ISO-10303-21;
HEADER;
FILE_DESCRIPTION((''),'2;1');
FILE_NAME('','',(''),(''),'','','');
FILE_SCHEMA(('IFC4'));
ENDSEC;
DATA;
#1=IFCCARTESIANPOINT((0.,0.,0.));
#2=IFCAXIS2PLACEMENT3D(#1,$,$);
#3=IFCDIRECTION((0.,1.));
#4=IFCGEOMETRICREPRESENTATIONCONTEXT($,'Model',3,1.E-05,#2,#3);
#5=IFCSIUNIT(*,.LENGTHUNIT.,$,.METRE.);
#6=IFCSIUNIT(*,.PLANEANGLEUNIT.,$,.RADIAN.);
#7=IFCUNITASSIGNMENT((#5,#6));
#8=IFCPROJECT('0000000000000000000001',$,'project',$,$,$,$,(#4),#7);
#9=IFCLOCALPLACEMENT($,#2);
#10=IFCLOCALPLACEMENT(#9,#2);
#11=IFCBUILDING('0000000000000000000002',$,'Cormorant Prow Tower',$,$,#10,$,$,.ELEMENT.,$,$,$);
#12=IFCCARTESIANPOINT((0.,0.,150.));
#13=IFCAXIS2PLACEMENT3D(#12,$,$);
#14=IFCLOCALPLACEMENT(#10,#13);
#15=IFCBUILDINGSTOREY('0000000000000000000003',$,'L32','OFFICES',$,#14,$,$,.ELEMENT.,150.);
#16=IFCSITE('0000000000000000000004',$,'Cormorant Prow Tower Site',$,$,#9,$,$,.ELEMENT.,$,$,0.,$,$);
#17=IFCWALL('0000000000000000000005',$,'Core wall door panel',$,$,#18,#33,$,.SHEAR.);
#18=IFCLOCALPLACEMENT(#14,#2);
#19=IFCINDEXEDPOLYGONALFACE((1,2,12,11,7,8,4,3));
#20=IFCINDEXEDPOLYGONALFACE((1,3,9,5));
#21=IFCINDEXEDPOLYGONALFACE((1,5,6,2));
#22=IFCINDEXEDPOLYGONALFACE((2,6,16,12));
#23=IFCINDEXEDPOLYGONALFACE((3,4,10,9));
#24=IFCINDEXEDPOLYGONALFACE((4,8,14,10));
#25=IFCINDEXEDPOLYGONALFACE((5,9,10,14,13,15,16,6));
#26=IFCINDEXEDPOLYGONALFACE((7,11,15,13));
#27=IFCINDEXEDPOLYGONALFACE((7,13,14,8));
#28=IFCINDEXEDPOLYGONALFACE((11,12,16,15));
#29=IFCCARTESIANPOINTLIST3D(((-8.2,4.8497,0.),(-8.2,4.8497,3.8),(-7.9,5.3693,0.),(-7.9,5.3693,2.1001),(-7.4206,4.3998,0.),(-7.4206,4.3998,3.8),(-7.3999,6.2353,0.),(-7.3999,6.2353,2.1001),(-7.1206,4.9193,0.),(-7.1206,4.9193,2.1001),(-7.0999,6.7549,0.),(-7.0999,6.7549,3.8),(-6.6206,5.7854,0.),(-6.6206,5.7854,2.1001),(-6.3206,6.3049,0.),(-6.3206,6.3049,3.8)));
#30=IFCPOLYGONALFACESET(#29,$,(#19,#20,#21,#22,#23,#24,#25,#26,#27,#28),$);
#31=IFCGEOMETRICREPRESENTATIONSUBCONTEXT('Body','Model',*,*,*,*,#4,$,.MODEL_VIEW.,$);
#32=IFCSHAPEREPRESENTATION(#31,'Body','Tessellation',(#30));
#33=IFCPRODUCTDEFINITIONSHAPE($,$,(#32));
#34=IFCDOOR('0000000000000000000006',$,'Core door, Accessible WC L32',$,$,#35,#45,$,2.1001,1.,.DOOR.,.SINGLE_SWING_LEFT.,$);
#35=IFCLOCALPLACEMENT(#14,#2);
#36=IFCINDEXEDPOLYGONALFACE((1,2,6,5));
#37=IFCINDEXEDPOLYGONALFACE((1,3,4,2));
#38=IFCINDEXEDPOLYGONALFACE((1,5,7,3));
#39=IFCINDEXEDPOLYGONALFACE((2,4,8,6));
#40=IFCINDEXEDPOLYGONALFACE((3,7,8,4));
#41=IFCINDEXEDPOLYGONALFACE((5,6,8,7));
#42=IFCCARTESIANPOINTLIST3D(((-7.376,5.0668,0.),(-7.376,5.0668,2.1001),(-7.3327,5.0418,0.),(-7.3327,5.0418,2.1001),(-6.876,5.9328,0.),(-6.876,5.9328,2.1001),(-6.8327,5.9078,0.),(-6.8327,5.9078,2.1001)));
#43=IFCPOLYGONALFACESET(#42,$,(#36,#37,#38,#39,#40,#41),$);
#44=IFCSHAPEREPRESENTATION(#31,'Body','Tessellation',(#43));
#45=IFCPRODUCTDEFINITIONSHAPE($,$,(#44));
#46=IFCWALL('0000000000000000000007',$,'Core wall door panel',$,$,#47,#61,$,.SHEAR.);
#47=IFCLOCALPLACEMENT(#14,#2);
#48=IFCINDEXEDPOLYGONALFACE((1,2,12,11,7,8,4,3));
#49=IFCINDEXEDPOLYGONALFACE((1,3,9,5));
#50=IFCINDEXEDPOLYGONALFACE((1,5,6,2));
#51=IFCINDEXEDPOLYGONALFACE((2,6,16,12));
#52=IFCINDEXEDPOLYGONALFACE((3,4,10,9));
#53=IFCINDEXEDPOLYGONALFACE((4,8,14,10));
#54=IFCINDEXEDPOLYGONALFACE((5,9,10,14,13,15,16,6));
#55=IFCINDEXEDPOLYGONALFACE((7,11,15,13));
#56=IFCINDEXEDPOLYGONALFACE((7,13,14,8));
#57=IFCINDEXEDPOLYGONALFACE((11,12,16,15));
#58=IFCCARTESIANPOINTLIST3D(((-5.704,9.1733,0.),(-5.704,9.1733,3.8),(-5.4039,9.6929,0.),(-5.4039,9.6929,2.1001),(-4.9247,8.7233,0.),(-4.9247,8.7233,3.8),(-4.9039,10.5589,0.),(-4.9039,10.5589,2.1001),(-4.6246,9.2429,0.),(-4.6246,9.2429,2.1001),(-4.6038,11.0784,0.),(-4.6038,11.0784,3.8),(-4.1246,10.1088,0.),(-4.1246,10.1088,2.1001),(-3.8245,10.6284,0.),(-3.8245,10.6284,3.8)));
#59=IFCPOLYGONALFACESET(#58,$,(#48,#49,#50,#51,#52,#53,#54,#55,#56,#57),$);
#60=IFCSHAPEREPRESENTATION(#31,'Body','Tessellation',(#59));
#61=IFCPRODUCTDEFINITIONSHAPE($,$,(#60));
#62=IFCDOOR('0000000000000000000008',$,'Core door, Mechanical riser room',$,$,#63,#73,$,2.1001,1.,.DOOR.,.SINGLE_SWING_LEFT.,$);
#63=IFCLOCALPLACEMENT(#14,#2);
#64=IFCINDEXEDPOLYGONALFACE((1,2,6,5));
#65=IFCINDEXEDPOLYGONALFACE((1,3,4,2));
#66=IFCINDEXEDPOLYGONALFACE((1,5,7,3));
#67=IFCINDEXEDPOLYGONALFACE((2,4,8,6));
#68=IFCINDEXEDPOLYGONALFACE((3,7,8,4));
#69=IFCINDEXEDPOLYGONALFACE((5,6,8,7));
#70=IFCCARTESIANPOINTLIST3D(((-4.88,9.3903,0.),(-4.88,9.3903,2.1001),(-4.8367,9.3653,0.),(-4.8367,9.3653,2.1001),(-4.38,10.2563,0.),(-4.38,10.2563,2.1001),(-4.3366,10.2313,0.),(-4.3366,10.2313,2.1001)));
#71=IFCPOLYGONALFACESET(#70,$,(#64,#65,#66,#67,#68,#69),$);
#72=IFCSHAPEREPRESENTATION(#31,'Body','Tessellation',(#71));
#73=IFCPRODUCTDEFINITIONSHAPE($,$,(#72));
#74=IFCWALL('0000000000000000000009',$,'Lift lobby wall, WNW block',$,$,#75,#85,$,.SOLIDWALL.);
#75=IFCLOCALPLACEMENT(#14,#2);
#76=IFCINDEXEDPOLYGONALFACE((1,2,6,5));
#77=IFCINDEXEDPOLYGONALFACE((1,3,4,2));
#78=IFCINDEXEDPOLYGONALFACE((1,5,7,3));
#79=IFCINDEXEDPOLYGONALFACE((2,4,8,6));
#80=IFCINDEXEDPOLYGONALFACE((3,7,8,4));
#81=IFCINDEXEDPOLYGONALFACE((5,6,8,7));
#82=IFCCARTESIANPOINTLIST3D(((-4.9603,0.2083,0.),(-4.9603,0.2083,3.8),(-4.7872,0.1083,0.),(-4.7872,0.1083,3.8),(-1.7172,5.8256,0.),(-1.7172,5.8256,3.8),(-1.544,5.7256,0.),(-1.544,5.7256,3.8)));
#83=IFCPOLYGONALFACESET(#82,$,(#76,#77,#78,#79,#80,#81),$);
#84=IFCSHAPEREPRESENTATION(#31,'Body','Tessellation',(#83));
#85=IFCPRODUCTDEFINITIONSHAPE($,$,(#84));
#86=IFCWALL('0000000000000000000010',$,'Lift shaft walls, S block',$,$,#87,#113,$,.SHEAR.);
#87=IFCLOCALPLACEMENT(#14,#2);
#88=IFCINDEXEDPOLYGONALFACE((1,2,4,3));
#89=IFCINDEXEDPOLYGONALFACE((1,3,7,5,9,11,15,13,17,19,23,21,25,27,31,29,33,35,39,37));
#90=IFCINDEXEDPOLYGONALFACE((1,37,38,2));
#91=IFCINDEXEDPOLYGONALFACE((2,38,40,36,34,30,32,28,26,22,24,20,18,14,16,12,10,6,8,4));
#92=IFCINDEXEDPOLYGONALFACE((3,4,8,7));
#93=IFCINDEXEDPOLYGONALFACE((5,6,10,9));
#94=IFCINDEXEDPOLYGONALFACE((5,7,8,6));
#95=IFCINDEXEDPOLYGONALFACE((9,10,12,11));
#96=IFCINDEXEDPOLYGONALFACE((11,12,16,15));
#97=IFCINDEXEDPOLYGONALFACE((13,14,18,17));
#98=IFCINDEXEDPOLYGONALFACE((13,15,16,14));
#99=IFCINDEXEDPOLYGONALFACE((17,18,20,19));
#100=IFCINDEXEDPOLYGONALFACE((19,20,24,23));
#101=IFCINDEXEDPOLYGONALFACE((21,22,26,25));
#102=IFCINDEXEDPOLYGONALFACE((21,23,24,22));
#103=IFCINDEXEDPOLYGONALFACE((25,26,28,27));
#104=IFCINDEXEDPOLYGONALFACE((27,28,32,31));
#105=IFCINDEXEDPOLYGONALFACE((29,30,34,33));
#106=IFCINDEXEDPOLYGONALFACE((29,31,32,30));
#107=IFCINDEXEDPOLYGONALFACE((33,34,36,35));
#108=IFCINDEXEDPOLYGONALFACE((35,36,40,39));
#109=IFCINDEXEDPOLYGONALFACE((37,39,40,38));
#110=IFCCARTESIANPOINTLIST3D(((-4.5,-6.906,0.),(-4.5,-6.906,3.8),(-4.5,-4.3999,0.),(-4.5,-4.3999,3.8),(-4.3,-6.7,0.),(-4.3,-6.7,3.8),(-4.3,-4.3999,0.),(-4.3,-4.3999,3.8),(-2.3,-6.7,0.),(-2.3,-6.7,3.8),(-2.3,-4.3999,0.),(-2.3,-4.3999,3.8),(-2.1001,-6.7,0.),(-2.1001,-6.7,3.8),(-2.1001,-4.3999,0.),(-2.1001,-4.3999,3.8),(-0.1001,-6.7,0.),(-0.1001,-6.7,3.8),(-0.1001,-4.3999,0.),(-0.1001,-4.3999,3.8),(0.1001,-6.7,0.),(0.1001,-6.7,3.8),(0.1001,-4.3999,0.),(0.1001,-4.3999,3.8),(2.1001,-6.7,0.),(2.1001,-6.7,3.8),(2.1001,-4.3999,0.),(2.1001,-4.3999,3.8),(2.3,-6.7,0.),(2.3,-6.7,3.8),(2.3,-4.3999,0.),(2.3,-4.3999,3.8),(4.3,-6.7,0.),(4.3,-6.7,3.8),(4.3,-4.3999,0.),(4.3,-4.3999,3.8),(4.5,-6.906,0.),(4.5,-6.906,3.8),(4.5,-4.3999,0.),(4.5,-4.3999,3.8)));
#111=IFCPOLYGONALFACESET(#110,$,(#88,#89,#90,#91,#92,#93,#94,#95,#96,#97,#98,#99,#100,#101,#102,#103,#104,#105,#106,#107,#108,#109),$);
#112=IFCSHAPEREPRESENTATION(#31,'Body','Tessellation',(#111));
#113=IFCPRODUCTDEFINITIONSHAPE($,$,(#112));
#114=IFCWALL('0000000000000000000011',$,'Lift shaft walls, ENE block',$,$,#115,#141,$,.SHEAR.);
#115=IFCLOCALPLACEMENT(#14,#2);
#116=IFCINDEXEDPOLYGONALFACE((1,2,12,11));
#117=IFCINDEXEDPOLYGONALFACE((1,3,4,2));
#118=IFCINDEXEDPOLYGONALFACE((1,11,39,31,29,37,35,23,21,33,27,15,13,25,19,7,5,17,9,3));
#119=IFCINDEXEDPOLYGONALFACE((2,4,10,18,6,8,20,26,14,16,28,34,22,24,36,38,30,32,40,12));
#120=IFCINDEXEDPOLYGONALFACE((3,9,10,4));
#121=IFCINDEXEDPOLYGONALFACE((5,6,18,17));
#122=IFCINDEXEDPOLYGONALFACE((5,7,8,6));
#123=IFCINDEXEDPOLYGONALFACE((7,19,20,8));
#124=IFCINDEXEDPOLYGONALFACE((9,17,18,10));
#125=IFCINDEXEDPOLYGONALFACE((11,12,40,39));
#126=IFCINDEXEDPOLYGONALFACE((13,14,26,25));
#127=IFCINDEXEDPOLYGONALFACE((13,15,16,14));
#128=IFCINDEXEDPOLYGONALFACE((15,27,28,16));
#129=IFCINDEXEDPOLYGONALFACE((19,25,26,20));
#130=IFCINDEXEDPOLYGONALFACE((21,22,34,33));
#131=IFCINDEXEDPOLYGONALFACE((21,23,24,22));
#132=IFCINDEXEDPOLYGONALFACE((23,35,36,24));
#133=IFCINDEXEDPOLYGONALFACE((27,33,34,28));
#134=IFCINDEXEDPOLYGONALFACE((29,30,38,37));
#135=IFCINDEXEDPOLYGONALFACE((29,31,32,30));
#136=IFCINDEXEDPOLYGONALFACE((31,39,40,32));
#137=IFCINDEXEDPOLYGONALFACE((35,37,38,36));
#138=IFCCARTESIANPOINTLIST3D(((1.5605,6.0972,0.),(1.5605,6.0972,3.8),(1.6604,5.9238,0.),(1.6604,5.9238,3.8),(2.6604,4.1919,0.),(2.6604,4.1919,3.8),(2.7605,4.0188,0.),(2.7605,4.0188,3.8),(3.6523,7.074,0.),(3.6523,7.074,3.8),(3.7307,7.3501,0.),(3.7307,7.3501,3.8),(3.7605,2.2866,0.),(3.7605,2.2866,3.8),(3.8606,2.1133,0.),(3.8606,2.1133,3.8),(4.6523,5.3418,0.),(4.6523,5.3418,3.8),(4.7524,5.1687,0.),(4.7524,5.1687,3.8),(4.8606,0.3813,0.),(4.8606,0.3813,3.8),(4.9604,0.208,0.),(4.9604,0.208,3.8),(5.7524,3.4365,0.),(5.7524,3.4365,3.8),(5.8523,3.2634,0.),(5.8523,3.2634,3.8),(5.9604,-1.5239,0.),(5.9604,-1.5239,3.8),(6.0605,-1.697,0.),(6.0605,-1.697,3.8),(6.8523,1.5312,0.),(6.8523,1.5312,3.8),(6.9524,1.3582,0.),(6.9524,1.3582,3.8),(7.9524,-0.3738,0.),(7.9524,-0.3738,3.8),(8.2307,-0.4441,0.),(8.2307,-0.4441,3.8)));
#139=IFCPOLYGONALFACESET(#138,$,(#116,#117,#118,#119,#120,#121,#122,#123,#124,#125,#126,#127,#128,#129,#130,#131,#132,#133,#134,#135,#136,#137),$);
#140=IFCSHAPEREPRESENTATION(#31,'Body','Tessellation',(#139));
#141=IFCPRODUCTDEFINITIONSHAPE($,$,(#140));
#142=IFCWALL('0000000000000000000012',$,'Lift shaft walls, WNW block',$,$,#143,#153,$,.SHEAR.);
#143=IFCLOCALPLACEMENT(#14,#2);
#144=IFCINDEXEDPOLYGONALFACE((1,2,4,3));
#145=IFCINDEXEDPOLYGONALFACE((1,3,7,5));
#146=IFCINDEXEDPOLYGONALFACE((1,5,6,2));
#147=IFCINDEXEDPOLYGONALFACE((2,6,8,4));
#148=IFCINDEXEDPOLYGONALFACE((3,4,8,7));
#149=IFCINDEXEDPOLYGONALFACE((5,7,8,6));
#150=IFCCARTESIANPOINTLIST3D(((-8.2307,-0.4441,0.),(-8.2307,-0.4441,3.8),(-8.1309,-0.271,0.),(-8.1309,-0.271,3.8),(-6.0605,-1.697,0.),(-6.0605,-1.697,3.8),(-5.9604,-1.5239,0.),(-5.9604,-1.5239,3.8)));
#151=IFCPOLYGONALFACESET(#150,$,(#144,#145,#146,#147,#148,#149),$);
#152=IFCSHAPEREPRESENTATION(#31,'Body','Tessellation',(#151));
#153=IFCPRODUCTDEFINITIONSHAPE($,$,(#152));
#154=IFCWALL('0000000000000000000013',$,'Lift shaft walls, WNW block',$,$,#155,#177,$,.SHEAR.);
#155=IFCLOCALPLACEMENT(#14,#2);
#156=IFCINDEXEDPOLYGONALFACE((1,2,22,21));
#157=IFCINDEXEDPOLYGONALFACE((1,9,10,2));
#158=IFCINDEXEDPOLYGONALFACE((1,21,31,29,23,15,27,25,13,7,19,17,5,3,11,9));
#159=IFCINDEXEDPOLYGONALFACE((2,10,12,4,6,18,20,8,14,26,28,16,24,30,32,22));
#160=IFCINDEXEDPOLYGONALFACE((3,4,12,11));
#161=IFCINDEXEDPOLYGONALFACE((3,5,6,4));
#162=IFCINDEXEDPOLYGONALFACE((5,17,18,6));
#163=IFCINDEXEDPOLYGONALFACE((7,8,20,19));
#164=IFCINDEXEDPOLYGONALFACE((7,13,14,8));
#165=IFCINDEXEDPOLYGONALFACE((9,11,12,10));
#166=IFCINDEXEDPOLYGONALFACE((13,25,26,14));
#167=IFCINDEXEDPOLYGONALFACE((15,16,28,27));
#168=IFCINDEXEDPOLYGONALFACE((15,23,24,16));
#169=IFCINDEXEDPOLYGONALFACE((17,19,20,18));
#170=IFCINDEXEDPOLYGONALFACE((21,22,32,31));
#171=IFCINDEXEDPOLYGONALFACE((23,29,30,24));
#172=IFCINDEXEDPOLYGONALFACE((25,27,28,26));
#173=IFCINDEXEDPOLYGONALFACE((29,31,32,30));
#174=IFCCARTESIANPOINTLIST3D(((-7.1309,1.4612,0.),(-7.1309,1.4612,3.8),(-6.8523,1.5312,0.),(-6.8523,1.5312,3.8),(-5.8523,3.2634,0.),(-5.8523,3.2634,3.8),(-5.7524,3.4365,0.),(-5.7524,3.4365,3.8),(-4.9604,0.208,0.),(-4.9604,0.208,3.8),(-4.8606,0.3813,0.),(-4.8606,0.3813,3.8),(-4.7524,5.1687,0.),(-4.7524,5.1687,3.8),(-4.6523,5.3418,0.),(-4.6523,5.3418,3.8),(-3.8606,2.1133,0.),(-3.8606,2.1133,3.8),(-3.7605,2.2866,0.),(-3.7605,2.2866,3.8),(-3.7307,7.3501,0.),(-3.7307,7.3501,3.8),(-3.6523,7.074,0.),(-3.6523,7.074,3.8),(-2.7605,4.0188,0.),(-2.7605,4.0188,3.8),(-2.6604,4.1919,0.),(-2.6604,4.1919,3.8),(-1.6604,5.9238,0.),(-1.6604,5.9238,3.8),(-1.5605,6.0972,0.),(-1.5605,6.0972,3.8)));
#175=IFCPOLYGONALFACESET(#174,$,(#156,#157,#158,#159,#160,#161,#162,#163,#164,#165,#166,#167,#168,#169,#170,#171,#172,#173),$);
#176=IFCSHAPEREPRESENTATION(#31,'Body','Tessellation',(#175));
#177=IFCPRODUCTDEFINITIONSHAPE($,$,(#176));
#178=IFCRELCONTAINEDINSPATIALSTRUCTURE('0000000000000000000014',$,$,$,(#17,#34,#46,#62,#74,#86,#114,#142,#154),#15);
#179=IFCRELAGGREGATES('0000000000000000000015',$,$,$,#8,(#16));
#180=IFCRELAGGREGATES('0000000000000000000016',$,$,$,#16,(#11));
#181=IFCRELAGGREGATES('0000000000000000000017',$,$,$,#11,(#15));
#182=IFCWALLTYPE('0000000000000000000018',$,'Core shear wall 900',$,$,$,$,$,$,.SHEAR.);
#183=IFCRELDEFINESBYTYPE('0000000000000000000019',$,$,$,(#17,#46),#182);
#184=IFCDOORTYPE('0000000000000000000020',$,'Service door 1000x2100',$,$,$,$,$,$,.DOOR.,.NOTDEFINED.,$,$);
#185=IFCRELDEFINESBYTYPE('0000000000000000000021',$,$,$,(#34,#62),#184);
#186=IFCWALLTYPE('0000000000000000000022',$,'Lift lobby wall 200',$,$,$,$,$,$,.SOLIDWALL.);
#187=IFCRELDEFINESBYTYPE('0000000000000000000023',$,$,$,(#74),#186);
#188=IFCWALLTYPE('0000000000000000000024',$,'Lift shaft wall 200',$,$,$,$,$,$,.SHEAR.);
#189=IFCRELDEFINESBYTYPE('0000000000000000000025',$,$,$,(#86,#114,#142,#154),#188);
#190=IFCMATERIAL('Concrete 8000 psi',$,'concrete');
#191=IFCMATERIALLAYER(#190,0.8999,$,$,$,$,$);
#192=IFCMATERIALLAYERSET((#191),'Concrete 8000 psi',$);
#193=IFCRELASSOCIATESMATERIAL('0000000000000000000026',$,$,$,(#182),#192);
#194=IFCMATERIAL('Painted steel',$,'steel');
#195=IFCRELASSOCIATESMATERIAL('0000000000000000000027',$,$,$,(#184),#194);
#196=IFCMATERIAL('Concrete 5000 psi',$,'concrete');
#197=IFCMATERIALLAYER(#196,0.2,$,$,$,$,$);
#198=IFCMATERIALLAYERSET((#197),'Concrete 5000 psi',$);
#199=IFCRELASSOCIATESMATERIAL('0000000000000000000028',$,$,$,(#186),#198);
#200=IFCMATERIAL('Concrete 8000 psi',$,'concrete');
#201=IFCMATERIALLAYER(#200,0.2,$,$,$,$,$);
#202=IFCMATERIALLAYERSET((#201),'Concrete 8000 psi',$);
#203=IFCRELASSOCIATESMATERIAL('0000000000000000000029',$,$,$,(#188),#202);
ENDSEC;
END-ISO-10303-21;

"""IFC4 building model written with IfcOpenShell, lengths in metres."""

from ifc_helpers import new_model, si_unit, direction, frame, frame_2d, origin, place, context, subcontext, project, spatial, polyline, rectangle, outline, extrude, material, layer, layer_set, type_object, element, fill, save


model = new_model("IFC4")

# Units and contexts
model_context = context("Model", 3, precision=1e-05, world=origin(), true_north=direction((0.0, 1.0)))
body_context = subcontext(model_context, "Body", "Model", "MODEL_VIEW")
ifc_project = project(units=[si_unit("LENGTHUNIT", "METRE"), si_unit("PLANEANGLEUNIT", "RADIAN")], contexts=[model_context])

# Site, building, storey
site_placement = place(None, origin())
site = spatial("IfcSite", under=ifc_project, at=site_placement, Name="Cormorant Prow Tower Site", CompositionType="ELEMENT", RefElevation=0.0)
building_placement = place(site_placement, origin())
building = spatial("IfcBuilding", under=site, at=building_placement, Name="Cormorant Prow Tower", CompositionType="ELEMENT")
storey_placement = place(building_placement, frame((0.0, 0.0, 150.0)))
storey = spatial("IfcBuildingStorey", under=building, at=storey_placement, Name="L32", Description="OFFICES", CompositionType="ELEMENT", Elevation=150.0)

# Shared definitions
ifc_material_1 = material(Name="Concrete 8000 psi", Category="concrete")
ifc_layer_1 = layer(ifc_material_1, 0.8999)
ifc_layer_set_1 = layer_set([ifc_layer_1], Name="Concrete 8000 psi")
wall_type_1 = type_object("IfcWallType", Name="Core shear wall 900", PredefinedType="SHEAR", material=ifc_layer_set_1)

# Walls, openings, doors
wall_1_placement = place(storey_placement, frame((-6.7102, 6.53, 0.0), z_axis=(0.0, 0.0, 1.0), x_axis=(-0.50003, -0.866008, 0.0)))
wall_1 = element("IfcWall", 1, at=wall_1_placement, inside=storey, type_object=wall_type_1, Name="Core wall door panel", PredefinedType="SHEAR", context=body_context, shape_type="SweptSolid", body=[
    extrude(rectangle(XDim=2.2, YDim=0.8999, at=frame_2d((1.1001, 0.0))), origin(), (0.0, 0.0, 1.0), 3.8),
])
opening_1_placement = place(wall_1_placement, frame((0.6001, 0.0, 0.0)))
opening_1 = element("IfcOpeningElement", 2, at=opening_1_placement, cuts=wall_1, PredefinedType="OPENING", context=body_context, shape_type="SweptSolid", body=[
    extrude(rectangle(XDim=1.0, YDim=2.1001, at=frame_2d((0.5, 1.05))), frame((0.0, 0.46, 0.0), z_axis=(0.0, -1.0, 0.0), x_axis=(1.0, 0.0, 0.0)), (0.0, 0.0, 1.0), 0.9199),
])
ifc_material_2 = material(Name="Painted steel", Category="steel")
door_type = type_object("IfcDoorType", Name="Service door 1000x2100", OperationType="NOTDEFINED", PredefinedType="DOOR", material=ifc_material_2)
door_1_placement = place(opening_1_placement, origin())
door_1 = element("IfcDoor", 3, at=door_1_placement, inside=storey, type_object=door_type, Name="Core door, Accessible WC L32", OperationType="SINGLE_SWING_LEFT", OverallHeight=2.1001, OverallWidth=1.0, PredefinedType="DOOR", context=body_context, shape_type="SweptSolid", body=[
    extrude(rectangle(XDim=1.0, YDim=2.1001, at=frame_2d((0.5, 1.05))), frame((0.0, 0.2051, 0.0), z_axis=(0.0, -1.0, 0.0), x_axis=(1.0, 0.0, 0.0)), (0.0, 0.0, 1.0), 0.05),
])
fill(opening_1, door_1)
wall_2_placement = place(storey_placement, frame((-4.2141, 10.8535, 0.0), z_axis=(0.0, 0.0, 1.0), x_axis=(-0.500078, -0.86598, 0.0)))
wall_2 = element("IfcWall", 4, at=wall_2_placement, inside=storey, type_object=wall_type_1, Name="Core wall door panel", PredefinedType="SHEAR", context=body_context, shape_type="SweptSolid", body=[
    extrude(rectangle(XDim=2.2, YDim=0.8999, at=frame_2d((1.1001, 0.0))), origin(), (0.0, 0.0, 1.0), 3.8),
])
opening_2_placement = place(wall_2_placement, frame((0.6001, 0.0, 0.0)))
opening_2 = element("IfcOpeningElement", 5, at=opening_2_placement, cuts=wall_2, PredefinedType="OPENING", context=body_context, shape_type="SweptSolid", body=[
    extrude(rectangle(XDim=1.0, YDim=2.1001, at=frame_2d((0.5, 1.05))), frame((0.0, 0.46, 0.0), z_axis=(0.0, -1.0, 0.0), x_axis=(1.0, 0.0, 0.0)), (0.0, 0.0, 1.0), 0.9199),
])
door_2_placement = place(opening_2_placement, origin())
door_2 = element("IfcDoor", 6, at=door_2_placement, inside=storey, type_object=door_type, Name="Core door, Mechanical riser room", OperationType="SINGLE_SWING_LEFT", OverallHeight=2.1001, OverallWidth=1.0, PredefinedType="DOOR", context=body_context, shape_type="SweptSolid", body=[
    extrude(rectangle(XDim=1.0, YDim=2.1001, at=frame_2d((0.5, 1.05))), frame((0.0, 0.2051, 0.0), z_axis=(0.0, -1.0, 0.0), x_axis=(1.0, 0.0, 0.0)), (0.0, 0.0, 1.0), 0.05),
])
fill(opening_2, door_2)

# Walls
ifc_material_3 = material(Name="Concrete 5000 psi", Category="concrete")
ifc_layer_2 = layer(ifc_material_3, 0.2)
ifc_layer_set_2 = layer_set([ifc_layer_2], Name="Concrete 5000 psi")
wall_type_2 = type_object("IfcWallType", Name="Lift lobby wall 200", PredefinedType="SOLIDWALL", material=ifc_layer_set_2)
wall_3_placement = place(storey_placement, frame((-1.6306, 5.7756, 0.0), z_axis=(0.0, 0.0, 1.0), x_axis=(-0.499993, -0.86603, 0.0)))
element("IfcWall", 7, at=wall_3_placement, inside=storey, type_object=wall_type_2, Name="Lift lobby wall, WNW block", PredefinedType="SOLIDWALL", context=body_context, shape_type="SweptSolid", body=[
    extrude(rectangle(XDim=6.4863, YDim=0.2, at=frame_2d((3.2432, 0.0))), origin(), (0.0, 0.0, 1.0), 3.8),
])
ifc_material_4 = material(Name="Concrete 8000 psi", Category="concrete")
ifc_layer_3 = layer(ifc_material_4, 0.2)
ifc_layer_set_3 = layer_set([ifc_layer_3], Name="Concrete 8000 psi")
wall_type_3 = type_object("IfcWallType", Name="Lift shaft wall 200", PredefinedType="SHEAR", material=ifc_layer_set_3)
wall_4_placement = place(storey_placement, origin())
element("IfcWall", 8, at=wall_4_placement, inside=storey, type_object=wall_type_3, Name="Lift shaft walls, S block", PredefinedType="SHEAR", context=body_context, shape_type="SweptSolid", body=[
    extrude(outline(polyline([(4.5, -4.3999), (4.5, -6.906), (-4.5, -6.906), (-4.5, -4.3999), (-4.3, -4.3999), (-4.3, -6.7), (-2.3, -6.7), (-2.3, -4.3999), (-2.1001, -4.3999), (-2.1001, -6.7), (-0.1001, -6.7), (-0.1001, -4.3999), (0.1001, -4.3999), (0.1001, -6.7), (2.1001, -6.7), (2.1001, -4.3999), (2.3, -4.3999), (2.3, -6.7), (4.3, -6.7), (4.3, -4.3999), (4.5, -4.3999)])), origin(), (0.0, 0.0, 1.0), 3.8),
])
wall_5_placement = place(storey_placement, origin())
element("IfcWall", 9, at=wall_5_placement, inside=storey, type_object=wall_type_3, Name="Lift shaft walls, ENE block", PredefinedType="SHEAR", context=body_context, shape_type="SweptSolid", body=[
    extrude(outline(polyline([(1.5605, 6.0972), (3.7307, 7.3501), (8.2307, -0.4441), (6.0605, -1.697), (5.9604, -1.5239), (7.9524, -0.3738), (6.9524, 1.3582), (4.9604, 0.208), (4.8606, 0.3813), (6.8523, 1.5312), (5.8523, 3.2634), (3.8606, 2.1133), (3.7605, 2.2866), (5.7524, 3.4365), (4.7524, 5.1687), (2.7605, 4.0188), (2.6604, 4.1919), (4.6523, 5.3418), (3.6523, 7.074), (1.6604, 5.9238), (1.5605, 6.0972)])), origin(), (0.0, 0.0, 1.0), 3.8),
])
wall_6_placement = place(storey_placement, origin())
element("IfcWall", 10, at=wall_6_placement, inside=storey, type_object=wall_type_3, Name="Lift shaft walls, WNW block", PredefinedType="SHEAR", context=body_context, shape_type="SweptSolid", body=[
    extrude(outline(polyline([(-6.0605, -1.697), (-8.2307, -0.4441), (-8.1309, -0.271), (-5.9604, -1.5239), (-6.0605, -1.697)])), origin(), (0.0, 0.0, 1.0), 3.8),
])
wall_7_placement = place(storey_placement, origin())
element("IfcWall", 11, at=wall_7_placement, inside=storey, type_object=wall_type_3, Name="Lift shaft walls, WNW block", PredefinedType="SHEAR", context=body_context, shape_type="SweptSolid", body=[
    extrude(outline(polyline([(-4.9604, 0.208), (-7.1309, 1.4612), (-3.7307, 7.3501), (-1.5605, 6.0972), (-1.6604, 5.9238), (-3.6523, 7.074), (-4.6523, 5.3418), (-2.6604, 4.1919), (-2.7605, 4.0188), (-4.7524, 5.1687), (-5.7524, 3.4365), (-3.7605, 2.2866), (-3.8606, 2.1133), (-5.8523, 3.2634), (-6.8523, 1.5312), (-4.8606, 0.3813), (-4.9604, 0.208)])), origin(), (0.0, 0.0, 1.0), 3.8),
])

save(model, "model.ifc")
